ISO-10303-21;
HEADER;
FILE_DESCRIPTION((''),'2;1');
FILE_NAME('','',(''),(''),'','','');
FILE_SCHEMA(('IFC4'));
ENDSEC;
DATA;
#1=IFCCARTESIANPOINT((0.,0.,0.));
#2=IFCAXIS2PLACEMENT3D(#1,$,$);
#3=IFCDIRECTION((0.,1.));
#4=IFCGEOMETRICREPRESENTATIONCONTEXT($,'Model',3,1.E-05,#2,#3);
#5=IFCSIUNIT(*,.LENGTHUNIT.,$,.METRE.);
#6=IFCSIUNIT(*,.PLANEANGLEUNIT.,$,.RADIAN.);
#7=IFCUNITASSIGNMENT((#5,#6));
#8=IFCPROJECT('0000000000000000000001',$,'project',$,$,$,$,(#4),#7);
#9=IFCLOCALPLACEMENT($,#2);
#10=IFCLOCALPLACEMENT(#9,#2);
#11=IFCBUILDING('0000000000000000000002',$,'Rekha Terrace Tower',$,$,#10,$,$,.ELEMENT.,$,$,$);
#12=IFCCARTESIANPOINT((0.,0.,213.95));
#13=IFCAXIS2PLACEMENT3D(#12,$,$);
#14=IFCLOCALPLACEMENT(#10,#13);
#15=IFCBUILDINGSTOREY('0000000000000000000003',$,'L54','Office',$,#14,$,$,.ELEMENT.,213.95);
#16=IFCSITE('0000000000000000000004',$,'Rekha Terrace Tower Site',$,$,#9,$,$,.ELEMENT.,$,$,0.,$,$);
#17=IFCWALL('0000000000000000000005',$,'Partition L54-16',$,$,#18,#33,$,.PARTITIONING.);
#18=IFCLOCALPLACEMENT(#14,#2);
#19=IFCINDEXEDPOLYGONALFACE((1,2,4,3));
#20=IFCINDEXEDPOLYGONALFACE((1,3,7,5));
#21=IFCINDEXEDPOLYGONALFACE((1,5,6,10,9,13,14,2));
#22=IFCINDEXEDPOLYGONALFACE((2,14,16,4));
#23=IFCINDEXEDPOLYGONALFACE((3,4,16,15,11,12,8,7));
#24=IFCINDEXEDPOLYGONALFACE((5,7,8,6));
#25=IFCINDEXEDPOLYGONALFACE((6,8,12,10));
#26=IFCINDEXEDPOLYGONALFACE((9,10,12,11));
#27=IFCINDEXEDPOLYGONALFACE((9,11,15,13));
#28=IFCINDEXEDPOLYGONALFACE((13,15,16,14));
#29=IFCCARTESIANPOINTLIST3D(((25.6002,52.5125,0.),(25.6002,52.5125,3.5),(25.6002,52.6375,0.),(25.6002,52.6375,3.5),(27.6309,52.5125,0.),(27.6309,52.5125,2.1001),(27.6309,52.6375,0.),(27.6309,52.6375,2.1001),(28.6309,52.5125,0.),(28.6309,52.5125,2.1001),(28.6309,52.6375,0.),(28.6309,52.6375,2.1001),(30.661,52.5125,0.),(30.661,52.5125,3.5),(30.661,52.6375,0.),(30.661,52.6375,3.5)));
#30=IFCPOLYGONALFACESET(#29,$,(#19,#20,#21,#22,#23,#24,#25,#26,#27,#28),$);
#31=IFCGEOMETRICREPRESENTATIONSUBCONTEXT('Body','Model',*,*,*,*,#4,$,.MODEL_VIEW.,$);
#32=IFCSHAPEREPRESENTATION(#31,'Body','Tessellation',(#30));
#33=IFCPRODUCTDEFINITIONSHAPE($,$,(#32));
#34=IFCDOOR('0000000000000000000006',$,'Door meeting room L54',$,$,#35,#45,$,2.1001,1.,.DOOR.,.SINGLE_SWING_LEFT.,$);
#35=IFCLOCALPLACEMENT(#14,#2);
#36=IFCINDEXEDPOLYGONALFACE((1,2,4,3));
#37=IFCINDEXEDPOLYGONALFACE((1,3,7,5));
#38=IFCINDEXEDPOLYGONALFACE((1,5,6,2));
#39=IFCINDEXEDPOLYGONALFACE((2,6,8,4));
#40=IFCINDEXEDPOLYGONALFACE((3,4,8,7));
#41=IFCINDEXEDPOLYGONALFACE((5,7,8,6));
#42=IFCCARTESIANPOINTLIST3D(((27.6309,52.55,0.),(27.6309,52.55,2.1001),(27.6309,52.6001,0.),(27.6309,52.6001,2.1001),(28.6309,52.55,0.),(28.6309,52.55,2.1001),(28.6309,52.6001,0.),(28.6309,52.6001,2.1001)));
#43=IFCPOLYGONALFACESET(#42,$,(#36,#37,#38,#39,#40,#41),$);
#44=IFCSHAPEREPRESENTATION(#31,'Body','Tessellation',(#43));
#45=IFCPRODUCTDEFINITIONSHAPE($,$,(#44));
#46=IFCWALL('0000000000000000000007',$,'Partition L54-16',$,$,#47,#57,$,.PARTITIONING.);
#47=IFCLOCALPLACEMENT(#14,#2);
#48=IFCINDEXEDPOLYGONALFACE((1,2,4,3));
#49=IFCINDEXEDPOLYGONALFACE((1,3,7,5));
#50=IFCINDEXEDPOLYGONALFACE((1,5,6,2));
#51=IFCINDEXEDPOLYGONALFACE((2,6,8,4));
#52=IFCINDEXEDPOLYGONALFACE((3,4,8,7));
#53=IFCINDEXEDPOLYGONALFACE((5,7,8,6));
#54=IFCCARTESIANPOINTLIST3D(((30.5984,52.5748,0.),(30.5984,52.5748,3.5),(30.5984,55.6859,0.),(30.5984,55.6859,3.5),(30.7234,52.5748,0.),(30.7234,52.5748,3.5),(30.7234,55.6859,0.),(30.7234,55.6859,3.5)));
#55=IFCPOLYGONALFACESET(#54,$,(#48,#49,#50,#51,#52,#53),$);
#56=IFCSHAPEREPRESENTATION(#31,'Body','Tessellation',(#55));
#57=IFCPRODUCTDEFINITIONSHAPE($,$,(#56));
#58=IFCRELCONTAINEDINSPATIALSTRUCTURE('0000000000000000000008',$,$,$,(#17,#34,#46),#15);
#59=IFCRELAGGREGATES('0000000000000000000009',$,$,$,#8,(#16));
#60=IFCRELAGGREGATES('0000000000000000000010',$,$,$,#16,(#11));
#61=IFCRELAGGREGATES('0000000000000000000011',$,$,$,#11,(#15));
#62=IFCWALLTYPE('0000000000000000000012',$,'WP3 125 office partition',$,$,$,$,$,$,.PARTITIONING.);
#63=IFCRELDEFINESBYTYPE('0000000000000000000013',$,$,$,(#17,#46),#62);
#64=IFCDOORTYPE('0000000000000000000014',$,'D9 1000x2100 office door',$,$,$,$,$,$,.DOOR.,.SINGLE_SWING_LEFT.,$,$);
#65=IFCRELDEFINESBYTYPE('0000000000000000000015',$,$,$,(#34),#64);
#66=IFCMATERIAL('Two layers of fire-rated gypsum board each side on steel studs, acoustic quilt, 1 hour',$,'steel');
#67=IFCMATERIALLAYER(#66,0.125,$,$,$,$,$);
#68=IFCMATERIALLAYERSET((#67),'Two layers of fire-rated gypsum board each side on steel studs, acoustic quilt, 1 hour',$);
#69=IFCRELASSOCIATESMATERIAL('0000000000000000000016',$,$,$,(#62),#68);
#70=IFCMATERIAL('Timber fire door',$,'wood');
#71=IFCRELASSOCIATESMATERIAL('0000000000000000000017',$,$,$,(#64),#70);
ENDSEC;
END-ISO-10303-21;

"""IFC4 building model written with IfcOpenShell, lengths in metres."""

from ifc_helpers import new_model, si_unit, direction, frame, frame_2d, origin, place, context, subcontext, project, spatial, rectangle, extrude, material, layer, layer_set, type_object, element, fill, save


model = new_model("IFC4")

# Units and contexts
model_context = context("Model", 3, precision=1e-05, world=origin(), true_north=direction((0.0, 1.0)))
body_context = subcontext(model_context, "Body", "Model", "MODEL_VIEW")
ifc_project = project(units=[si_unit("LENGTHUNIT", "METRE"), si_unit("PLANEANGLEUNIT", "RADIAN")], contexts=[model_context])

# Site, building, storey
site_placement = place(None, origin())
site = spatial("IfcSite", under=ifc_project, at=site_placement, Name="Rekha Terrace Tower Site", CompositionType="ELEMENT", RefElevation=0.0)
building_placement = place(site_placement, origin())
building = spatial("IfcBuilding", under=site, at=building_placement, Name="Rekha Terrace Tower", CompositionType="ELEMENT")
storey_placement = place(building_placement, frame((0.0, 0.0, 213.95)))
storey = spatial("IfcBuildingStorey", under=building, at=storey_placement, Name="L54", Description="Office", CompositionType="ELEMENT", Elevation=213.95)

# Shared definitions
ifc_material_1 = material(Name="Two layers of fire-rated gypsum board each side on steel studs, acoustic quilt, 1 hour", Category="steel")
ifc_layer_1 = layer(ifc_material_1, 0.125)
ifc_layer_set_1 = layer_set([ifc_layer_1], Name="Two layers of fire-rated gypsum board each side on steel studs, acoustic quilt, 1 hour")
wall_type_1 = type_object("IfcWallType", Name="WP3 125 office partition", PredefinedType="PARTITIONING", material=ifc_layer_set_1)
ifc_material_2 = material(Name="Timber fire door", Category="wood")
door_type_1 = type_object("IfcDoorType", Name="D9 1000x2100 office door", OperationType="SINGLE_SWING_LEFT", PredefinedType="DOOR", material=ifc_material_2)

# Wall, opening, door
wall_1_placement = place(storey_placement, frame((30.6609, 52.575, 0.0), z_axis=(0.0, 0.0, 1.0), x_axis=(-1.0, 0.0, 0.0)))
wall_1 = element("IfcWall", 1, at=wall_1_placement, inside=storey, type_object=wall_type_1, Name="Partition L54-16", PredefinedType="PARTITIONING", context=body_context, shape_type="SweptSolid", body=[
    extrude(rectangle(XDim=5.0608, YDim=0.125, at=frame_2d((2.5303, 0.0))), origin(), (0.0, 0.0, 1.0), 3.5),
])
opening_1_placement = place(wall_1_placement, frame((2.03, 0.0, 0.0)))
opening_1 = element("IfcOpeningElement", 2, at=opening_1_placement, cuts=wall_1, PredefinedType="OPENING", context=body_context, shape_type="SweptSolid", body=[
    extrude(rectangle(XDim=1.0, YDim=2.1001, at=frame_2d((0.5, 1.05))), frame((0.0, 0.0725, 0.0), z_axis=(0.0, -1.0, 0.0), x_axis=(1.0, 0.0, 0.0)), (0.0, 0.0, 1.0), 0.145),
])
door_1_placement = place(opening_1_placement, origin())
door_1 = element("IfcDoor", 3, at=door_1_placement, inside=storey, type_object=door_type_1, Name="Door meeting room L54", OperationType="SINGLE_SWING_LEFT", OverallHeight=2.1001, OverallWidth=1.0, PredefinedType="DOOR", context=body_context, shape_type="SweptSolid", body=[
    extrude(rectangle(XDim=1.0, YDim=2.1001, at=frame_2d((0.5, 1.05))), frame((0.0, 0.0249, 0.0), z_axis=(0.0, -1.0, 0.0), x_axis=(1.0, 0.0, 0.0)), (0.0, 0.0, 1.0), 0.05),
])
fill(opening_1, door_1)

# Wall
wall_2_placement = place(storey_placement, frame((30.6609, 55.686, 0.0), z_axis=(0.0, 0.0, 1.0), x_axis=(0.0, -1.0, 0.0)))
element("IfcWall", 4, at=wall_2_placement, inside=storey, type_object=wall_type_1, Name="Partition L54-16", PredefinedType="PARTITIONING", context=body_context, shape_type="SweptSolid", body=[
    extrude(rectangle(XDim=3.1111, YDim=0.125, at=frame_2d((1.5557, 0.0))), origin(), (0.0, 0.0, 1.0), 3.5),
])

save(model, "model.ifc")
